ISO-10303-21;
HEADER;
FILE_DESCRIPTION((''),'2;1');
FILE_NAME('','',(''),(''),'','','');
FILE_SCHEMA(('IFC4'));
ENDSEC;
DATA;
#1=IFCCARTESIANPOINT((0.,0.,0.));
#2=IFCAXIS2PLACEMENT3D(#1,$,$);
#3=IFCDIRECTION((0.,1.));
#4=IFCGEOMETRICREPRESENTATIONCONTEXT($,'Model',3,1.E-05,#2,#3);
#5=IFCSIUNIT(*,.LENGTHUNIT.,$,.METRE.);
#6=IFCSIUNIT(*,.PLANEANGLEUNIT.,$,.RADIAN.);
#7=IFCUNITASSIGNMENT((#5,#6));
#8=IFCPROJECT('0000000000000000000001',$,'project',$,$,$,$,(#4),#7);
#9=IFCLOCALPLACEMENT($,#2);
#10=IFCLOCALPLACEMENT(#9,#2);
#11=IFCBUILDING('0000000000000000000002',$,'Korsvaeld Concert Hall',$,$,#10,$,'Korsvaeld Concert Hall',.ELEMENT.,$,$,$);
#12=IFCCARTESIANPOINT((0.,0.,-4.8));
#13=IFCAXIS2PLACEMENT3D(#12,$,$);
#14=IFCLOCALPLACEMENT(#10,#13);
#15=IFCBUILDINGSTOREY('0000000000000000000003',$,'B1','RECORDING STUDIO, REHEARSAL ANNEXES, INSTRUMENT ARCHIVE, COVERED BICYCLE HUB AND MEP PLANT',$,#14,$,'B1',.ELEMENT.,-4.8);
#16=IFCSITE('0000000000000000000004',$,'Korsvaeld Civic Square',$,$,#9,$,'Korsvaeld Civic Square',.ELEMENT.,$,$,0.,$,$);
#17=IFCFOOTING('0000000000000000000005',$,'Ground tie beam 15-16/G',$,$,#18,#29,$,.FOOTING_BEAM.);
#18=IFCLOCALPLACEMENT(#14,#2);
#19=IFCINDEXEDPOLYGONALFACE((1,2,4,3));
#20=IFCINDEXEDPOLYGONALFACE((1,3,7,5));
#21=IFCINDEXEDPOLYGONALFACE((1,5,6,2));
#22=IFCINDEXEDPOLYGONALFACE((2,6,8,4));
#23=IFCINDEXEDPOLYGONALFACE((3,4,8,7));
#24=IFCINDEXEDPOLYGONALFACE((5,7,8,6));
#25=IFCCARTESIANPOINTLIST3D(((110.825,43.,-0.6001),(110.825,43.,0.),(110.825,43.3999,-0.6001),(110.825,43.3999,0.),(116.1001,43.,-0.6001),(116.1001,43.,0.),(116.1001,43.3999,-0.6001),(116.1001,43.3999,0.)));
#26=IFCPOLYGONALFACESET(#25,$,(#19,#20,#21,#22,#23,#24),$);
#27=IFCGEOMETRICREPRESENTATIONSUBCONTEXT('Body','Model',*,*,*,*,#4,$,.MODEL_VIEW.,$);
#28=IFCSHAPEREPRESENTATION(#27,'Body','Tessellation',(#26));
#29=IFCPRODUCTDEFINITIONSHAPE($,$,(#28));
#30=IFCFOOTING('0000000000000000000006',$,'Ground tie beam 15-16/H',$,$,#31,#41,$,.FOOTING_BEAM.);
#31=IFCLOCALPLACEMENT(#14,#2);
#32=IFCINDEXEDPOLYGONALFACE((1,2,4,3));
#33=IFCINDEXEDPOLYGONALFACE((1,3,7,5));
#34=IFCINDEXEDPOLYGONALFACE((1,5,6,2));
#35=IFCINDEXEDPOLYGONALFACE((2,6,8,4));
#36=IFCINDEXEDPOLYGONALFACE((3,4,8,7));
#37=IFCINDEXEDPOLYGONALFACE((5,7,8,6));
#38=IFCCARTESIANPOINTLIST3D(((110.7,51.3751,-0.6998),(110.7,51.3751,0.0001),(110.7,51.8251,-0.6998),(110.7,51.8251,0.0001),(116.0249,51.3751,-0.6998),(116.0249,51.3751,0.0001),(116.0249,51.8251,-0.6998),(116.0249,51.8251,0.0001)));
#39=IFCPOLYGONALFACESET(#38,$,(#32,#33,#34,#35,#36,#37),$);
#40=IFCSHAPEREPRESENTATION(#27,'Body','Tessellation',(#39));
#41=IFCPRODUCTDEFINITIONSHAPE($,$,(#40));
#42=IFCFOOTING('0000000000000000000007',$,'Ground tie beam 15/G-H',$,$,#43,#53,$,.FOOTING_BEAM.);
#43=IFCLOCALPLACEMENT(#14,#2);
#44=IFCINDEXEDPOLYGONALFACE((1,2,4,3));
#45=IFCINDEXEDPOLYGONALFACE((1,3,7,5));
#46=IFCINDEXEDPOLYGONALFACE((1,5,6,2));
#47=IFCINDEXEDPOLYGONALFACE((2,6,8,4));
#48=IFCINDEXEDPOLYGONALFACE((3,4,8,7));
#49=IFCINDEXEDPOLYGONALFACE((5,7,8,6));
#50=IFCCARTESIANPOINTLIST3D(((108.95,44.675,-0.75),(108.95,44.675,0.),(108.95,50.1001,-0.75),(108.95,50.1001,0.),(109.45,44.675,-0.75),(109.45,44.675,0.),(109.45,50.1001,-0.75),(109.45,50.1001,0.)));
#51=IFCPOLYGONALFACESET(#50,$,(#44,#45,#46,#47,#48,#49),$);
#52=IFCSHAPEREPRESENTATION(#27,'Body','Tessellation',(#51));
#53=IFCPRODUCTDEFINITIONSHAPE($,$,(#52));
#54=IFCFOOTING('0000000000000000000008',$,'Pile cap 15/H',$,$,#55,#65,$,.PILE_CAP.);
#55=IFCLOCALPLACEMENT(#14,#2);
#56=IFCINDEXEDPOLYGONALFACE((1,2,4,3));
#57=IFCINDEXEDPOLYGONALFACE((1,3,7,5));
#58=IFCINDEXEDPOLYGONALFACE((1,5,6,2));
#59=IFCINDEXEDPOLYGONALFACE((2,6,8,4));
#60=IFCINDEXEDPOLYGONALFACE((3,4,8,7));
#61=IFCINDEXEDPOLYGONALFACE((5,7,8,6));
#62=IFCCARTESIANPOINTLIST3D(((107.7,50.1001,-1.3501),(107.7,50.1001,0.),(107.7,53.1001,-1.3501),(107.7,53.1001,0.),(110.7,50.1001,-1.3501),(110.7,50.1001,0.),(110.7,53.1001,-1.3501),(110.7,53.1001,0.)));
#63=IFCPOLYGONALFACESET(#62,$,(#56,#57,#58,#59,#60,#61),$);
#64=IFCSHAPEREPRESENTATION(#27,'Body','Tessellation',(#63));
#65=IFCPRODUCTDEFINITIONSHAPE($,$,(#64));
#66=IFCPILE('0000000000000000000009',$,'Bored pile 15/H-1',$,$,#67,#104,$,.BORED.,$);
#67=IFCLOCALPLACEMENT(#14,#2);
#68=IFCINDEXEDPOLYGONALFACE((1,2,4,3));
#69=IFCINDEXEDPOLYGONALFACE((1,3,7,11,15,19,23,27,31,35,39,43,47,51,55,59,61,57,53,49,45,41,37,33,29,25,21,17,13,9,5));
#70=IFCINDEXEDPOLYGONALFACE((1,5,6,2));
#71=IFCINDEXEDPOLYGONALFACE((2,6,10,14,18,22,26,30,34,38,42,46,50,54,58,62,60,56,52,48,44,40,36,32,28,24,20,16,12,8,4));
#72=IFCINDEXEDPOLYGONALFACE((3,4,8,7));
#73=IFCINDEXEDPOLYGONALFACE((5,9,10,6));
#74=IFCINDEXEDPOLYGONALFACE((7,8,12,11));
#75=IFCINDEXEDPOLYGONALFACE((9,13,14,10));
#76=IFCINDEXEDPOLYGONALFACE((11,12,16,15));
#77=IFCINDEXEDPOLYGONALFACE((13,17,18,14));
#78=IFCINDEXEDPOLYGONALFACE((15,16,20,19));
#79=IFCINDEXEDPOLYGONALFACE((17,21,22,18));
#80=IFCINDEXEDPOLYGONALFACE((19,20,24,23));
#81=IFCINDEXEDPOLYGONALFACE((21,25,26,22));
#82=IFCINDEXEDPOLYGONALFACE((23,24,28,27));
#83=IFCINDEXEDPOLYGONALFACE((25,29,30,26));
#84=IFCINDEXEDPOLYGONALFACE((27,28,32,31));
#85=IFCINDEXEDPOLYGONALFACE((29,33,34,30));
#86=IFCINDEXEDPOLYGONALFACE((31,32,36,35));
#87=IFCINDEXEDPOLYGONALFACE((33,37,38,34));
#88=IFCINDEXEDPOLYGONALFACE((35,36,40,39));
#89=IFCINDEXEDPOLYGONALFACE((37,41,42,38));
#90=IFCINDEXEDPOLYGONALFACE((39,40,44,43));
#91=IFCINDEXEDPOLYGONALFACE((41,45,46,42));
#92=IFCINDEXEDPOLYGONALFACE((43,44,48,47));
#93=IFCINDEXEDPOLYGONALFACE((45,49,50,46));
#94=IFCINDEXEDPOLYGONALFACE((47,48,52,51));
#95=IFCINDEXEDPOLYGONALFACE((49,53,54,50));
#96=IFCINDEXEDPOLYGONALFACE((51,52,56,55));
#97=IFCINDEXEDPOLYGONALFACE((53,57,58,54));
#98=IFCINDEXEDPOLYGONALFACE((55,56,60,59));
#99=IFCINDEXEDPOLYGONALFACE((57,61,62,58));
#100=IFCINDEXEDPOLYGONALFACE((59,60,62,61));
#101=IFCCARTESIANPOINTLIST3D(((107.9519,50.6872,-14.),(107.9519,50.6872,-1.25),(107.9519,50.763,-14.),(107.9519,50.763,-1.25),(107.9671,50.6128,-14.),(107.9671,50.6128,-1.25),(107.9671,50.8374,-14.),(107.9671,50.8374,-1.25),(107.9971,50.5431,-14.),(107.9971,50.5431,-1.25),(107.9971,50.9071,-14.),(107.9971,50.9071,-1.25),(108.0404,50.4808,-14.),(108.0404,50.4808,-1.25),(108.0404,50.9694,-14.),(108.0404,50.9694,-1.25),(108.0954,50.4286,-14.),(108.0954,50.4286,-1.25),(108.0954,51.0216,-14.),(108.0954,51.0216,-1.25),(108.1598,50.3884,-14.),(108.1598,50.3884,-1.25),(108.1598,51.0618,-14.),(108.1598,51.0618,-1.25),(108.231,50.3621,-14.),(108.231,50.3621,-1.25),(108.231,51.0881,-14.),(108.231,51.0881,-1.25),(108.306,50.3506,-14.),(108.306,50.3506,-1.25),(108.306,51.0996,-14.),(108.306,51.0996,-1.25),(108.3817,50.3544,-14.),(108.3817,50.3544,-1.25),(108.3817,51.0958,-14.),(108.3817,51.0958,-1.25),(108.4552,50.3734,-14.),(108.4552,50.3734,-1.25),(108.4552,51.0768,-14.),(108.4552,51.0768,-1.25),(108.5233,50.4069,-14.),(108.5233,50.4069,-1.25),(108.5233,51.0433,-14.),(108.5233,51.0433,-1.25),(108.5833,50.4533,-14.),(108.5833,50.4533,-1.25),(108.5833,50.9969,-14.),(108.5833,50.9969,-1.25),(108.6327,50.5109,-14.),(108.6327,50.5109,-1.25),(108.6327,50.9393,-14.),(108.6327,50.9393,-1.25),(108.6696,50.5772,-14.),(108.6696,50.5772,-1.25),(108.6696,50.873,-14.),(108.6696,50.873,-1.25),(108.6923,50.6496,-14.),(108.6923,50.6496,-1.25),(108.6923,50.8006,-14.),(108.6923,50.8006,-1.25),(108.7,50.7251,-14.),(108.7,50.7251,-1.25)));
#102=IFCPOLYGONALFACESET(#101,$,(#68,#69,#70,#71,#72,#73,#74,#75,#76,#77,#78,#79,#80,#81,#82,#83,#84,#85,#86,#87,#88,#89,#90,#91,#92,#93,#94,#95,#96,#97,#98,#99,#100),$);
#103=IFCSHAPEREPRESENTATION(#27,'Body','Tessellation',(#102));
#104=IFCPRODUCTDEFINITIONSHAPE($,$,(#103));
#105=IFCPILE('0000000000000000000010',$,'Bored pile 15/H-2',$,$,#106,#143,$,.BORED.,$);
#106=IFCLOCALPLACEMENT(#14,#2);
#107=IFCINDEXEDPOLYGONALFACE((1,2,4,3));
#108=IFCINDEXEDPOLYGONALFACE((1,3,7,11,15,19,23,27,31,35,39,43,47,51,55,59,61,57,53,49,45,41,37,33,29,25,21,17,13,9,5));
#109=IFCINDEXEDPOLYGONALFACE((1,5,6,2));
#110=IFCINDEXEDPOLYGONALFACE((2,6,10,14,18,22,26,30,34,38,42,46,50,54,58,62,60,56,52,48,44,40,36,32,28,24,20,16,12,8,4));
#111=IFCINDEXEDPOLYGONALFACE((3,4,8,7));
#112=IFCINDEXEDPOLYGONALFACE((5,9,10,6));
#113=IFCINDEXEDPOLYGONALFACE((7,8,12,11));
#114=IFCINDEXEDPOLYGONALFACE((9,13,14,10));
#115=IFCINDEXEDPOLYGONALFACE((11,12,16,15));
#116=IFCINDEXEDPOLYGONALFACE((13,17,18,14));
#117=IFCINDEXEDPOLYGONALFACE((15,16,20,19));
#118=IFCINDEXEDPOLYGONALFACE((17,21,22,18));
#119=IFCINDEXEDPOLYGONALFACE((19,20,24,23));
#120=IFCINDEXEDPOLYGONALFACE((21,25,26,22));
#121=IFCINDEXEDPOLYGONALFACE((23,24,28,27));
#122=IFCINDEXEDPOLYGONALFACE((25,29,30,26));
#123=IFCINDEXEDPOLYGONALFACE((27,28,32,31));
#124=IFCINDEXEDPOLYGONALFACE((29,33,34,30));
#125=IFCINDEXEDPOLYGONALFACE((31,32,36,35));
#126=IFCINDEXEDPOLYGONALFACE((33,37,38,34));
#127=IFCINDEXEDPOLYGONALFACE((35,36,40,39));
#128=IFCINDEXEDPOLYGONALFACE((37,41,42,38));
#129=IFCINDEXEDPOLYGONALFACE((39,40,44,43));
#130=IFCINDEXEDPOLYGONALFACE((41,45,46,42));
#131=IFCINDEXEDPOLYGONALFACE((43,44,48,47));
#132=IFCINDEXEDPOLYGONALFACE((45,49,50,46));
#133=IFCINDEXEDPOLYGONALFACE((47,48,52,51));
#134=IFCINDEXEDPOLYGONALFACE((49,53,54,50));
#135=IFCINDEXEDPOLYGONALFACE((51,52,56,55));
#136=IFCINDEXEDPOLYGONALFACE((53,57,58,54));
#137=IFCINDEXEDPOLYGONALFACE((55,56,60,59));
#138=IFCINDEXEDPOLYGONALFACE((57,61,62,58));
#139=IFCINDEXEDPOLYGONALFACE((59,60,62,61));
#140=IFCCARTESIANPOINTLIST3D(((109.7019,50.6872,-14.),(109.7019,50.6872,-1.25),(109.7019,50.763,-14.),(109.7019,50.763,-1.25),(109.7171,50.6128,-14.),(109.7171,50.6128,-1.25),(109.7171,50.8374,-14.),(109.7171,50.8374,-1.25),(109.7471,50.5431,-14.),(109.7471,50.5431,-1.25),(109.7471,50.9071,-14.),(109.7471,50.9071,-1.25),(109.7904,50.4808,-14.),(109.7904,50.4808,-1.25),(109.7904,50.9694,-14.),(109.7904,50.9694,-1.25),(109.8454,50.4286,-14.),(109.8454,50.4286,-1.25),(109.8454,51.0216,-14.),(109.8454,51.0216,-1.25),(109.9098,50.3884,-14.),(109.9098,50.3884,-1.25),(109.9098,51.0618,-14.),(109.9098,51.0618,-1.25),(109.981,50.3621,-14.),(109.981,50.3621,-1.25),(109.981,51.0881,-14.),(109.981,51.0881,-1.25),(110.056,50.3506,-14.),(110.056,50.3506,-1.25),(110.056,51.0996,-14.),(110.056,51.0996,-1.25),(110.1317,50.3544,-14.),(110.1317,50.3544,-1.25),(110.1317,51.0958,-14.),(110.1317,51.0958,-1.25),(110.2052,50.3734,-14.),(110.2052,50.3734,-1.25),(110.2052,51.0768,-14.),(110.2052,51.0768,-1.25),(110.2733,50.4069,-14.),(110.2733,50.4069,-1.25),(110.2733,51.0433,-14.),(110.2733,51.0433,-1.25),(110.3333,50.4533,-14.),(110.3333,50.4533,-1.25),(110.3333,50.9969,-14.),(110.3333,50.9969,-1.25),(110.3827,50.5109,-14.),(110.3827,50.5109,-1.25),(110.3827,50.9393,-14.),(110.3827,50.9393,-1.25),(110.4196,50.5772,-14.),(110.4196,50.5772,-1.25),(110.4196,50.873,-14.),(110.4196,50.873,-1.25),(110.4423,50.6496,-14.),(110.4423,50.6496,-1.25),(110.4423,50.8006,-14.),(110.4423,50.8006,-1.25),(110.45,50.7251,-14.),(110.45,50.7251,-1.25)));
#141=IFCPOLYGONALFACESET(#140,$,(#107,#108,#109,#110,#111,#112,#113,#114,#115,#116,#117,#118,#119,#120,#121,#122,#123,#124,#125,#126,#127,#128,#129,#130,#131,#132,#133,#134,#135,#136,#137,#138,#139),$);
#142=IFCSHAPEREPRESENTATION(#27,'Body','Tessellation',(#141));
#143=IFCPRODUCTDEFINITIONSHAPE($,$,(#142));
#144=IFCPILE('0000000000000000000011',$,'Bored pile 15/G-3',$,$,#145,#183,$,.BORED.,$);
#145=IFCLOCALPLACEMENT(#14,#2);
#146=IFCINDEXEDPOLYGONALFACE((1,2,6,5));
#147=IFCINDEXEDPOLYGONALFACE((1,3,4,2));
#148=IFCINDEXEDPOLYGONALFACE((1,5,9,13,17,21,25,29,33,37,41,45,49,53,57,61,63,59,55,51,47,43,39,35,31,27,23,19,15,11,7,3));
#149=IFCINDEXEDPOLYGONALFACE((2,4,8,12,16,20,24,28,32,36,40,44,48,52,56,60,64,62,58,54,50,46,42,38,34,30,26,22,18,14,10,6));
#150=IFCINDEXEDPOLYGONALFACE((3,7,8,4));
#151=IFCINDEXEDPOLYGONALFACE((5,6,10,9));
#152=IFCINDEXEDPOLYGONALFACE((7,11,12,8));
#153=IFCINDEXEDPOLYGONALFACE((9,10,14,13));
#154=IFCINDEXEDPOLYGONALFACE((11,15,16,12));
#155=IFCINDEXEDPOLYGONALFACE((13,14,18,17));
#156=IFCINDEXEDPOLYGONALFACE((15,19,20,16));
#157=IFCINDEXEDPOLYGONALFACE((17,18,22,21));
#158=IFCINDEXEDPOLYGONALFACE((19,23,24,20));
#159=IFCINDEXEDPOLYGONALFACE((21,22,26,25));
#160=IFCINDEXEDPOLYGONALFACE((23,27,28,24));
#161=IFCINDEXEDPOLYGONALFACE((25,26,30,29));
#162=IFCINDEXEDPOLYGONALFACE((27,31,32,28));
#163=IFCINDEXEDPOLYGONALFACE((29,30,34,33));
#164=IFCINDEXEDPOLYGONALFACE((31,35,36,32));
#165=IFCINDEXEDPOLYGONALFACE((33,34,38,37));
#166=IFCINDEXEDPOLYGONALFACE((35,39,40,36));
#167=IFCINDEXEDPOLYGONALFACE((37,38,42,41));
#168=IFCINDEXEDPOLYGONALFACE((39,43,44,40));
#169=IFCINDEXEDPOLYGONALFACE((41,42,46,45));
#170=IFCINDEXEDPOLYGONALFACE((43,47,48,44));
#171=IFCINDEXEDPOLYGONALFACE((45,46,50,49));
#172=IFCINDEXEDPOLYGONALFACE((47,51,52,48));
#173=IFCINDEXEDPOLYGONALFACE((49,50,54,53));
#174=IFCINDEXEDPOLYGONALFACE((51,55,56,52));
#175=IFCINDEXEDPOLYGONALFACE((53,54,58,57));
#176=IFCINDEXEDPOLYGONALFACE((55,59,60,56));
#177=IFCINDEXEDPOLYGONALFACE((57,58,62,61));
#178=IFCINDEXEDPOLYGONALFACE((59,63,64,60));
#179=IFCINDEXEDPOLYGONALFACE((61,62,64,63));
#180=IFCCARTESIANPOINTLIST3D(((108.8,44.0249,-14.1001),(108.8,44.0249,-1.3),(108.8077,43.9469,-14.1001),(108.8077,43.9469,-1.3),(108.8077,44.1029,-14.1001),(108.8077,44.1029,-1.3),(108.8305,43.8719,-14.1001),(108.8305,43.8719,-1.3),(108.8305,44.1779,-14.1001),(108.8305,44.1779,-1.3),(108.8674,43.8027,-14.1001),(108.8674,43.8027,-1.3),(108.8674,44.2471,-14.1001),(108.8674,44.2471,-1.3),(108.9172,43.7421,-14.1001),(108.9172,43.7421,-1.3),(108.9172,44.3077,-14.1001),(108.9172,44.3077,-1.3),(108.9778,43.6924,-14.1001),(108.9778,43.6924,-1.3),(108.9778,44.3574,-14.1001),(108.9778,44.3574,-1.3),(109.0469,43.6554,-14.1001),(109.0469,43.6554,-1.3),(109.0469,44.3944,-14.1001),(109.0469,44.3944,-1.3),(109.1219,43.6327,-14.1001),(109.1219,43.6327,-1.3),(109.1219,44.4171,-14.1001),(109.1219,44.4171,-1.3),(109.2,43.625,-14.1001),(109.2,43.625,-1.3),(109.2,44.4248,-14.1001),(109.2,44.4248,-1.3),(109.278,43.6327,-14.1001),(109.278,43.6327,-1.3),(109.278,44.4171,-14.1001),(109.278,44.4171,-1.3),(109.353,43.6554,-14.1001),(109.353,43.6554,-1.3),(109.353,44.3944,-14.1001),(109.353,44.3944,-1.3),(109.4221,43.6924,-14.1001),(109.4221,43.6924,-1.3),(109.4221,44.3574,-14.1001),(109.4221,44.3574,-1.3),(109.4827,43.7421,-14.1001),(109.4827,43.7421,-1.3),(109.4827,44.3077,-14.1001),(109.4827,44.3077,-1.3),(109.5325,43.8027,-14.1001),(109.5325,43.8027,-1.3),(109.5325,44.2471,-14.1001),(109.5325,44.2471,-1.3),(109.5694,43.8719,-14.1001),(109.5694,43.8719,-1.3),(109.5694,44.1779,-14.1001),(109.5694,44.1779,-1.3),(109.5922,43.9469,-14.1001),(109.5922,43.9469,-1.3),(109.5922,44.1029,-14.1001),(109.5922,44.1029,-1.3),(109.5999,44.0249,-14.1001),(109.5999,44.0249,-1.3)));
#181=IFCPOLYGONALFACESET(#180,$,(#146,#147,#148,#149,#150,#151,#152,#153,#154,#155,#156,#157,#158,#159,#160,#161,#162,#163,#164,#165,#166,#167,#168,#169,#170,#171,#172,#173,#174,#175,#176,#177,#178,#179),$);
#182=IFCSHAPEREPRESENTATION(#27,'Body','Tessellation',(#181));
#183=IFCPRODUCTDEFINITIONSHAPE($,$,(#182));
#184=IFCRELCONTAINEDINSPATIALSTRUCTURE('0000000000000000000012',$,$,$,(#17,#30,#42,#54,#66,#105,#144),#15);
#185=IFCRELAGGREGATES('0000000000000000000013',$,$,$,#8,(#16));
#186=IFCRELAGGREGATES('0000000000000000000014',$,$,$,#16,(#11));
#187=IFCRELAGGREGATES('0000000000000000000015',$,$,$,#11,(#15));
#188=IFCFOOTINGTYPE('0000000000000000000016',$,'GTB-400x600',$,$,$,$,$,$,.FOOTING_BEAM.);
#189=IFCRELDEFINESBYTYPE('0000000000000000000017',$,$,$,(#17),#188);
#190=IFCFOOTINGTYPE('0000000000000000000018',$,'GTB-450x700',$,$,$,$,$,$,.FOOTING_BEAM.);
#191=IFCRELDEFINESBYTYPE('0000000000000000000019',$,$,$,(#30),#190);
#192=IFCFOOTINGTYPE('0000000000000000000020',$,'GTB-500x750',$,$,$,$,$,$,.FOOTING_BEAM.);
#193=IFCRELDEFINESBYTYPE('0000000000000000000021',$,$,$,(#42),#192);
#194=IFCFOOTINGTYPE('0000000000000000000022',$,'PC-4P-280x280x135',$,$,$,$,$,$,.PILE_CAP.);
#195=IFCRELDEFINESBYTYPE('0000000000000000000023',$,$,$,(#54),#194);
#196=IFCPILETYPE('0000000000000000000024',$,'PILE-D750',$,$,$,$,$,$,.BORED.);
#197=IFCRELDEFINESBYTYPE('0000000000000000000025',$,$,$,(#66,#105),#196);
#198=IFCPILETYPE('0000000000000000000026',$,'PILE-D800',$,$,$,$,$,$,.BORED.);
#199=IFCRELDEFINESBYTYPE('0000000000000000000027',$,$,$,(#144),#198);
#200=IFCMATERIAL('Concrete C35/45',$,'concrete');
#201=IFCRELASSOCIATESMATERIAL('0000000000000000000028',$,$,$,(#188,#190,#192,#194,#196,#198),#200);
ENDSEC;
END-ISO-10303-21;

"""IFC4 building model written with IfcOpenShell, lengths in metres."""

from ifc_helpers import new_model, si_unit, direction, frame, origin, origin_2d, place, context, subcontext, project, spatial, rectangle, circle, extrude, material, material_profile, profile_set, type_object, element, save


model = new_model("IFC4")

# Units and contexts
model_context = context("Model", 3, precision=1e-05, world=origin(), true_north=direction((0.0, 1.0)))
body_context = subcontext(model_context, "Body", "Model", "MODEL_VIEW")
ifc_project = project(units=[si_unit("LENGTHUNIT", "METRE"), si_unit("PLANEANGLEUNIT", "RADIAN")], contexts=[model_context])

# Site, building, storey
site_placement = place(None, origin())
site = spatial("IfcSite", under=ifc_project, at=site_placement, Name="Korsvaeld Civic Square", LongName="Korsvaeld Civic Square", CompositionType="ELEMENT", RefElevation=0.0)
building_placement = place(site_placement, origin())
building = spatial("IfcBuilding", under=site, at=building_placement, Name="Korsvaeld Concert Hall", LongName="Korsvaeld Concert Hall", CompositionType="ELEMENT")
storey_placement = place(building_placement, frame((0.0, 0.0, -4.8)))
storey = spatial("IfcBuildingStorey", under=building, at=storey_placement, Name="B1", Description="RECORDING STUDIO, REHEARSAL ANNEXES, INSTRUMENT ARCHIVE, COVERED BICYCLE HUB AND MEP PLANT", LongName="B1", CompositionType="ELEMENT", Elevation=-4.8)

# Footings
ifc_material_1 = material(Name="Concrete C35/45", Category="concrete")
ifc_material_profile_1 = material_profile(ifc_material_1, rectangle(XDim=0.3999, YDim=0.6001, at=origin_2d()), Name="GTB 400x600")
ifc_profile_set_1 = profile_set([ifc_material_profile_1], Name="Concrete C35/45")
footing_type_1 = type_object("IfcFootingType", Name="GTB-400x600", PredefinedType="FOOTING_BEAM", material=ifc_profile_set_1)
footing_1_placement = place(storey_placement, frame((110.825, 43.2, -0.3), z_axis=(1.0, 0.0, 0.0), x_axis=(0.0, 1.0, 0.0)))
element("IfcFooting", 1, at=footing_1_placement, inside=storey, type_object=footing_type_1, Name="Ground tie beam 15-16/G", PredefinedType="FOOTING_BEAM", context=body_context, shape_type="SweptSolid", body=[
    extrude(rectangle(XDim=0.3999, YDim=0.6001, at=origin_2d()), origin(), (0.0, 0.0, 1.0), 5.2751),
])
ifc_material_profile_2 = material_profile(ifc_material_1, rectangle(XDim=0.45, YDim=0.7, at=origin_2d()), Name="GTB 450x700")
ifc_profile_set_2 = profile_set([ifc_material_profile_2], Name="Concrete C35/45")
footing_type_2 = type_object("IfcFootingType", Name="GTB-450x700", PredefinedType="FOOTING_BEAM", material=ifc_profile_set_2)
footing_2_placement = place(storey_placement, frame((110.7, 51.6001, -0.3499), z_axis=(1.0, 0.0, 0.0), x_axis=(0.0, 1.0, 0.0)))
element("IfcFooting", 2, at=footing_2_placement, inside=storey, type_object=footing_type_2, Name="Ground tie beam 15-16/H", PredefinedType="FOOTING_BEAM", context=body_context, shape_type="SweptSolid", body=[
    extrude(rectangle(XDim=0.45, YDim=0.7, at=origin_2d()), origin(), (0.0, 0.0, 1.0), 5.325),
])
ifc_material_profile_3 = material_profile(ifc_material_1, rectangle(XDim=0.5, YDim=0.75, at=origin_2d()), Name="GTB 500x750")
ifc_profile_set_3 = profile_set([ifc_material_profile_3], Name="Concrete C35/45")
footing_type_3 = type_object("IfcFootingType", Name="GTB-500x750", PredefinedType="FOOTING_BEAM", material=ifc_profile_set_3)
footing_3_placement = place(storey_placement, frame((109.2, 44.675, -0.375), z_axis=(0.0, 1.0, 0.0), x_axis=(-1.0, 0.0, 0.0)))
element("IfcFooting", 3, at=footing_3_placement, inside=storey, type_object=footing_type_3, Name="Ground tie beam 15/G-H", PredefinedType="FOOTING_BEAM", context=body_context, shape_type="SweptSolid", body=[
    extrude(rectangle(XDim=0.5, YDim=0.75, at=origin_2d()), origin(), (0.0, 0.0, 1.0), 5.425),
])
footing_type_4 = type_object("IfcFootingType", Name="PC-4P-280x280x135", PredefinedType="PILE_CAP", material=ifc_material_1)
footing_4_placement = place(storey_placement, frame((109.2, 51.6001, -1.3501), z_axis=(0.0, 0.0, 1.0), x_axis=(1.0, 0.0, 0.0)))
element("IfcFooting", 4, at=footing_4_placement, inside=storey, type_object=footing_type_4, Name="Pile cap 15/H", PredefinedType="PILE_CAP", context=body_context, shape_type="SweptSolid", body=[
    extrude(rectangle(XDim=3.0, YDim=3.0, at=origin_2d()), origin(), (0.0, 0.0, 1.0), 1.3501),
])

# Piles
ifc_material_profile_4 = material_profile(ifc_material_1, circle(Radius=0.375, at=origin_2d()), Name="BORED PILE D750")
ifc_profile_set_4 = profile_set([ifc_material_profile_4], Name="Concrete C35/45")
pile_type_1 = type_object("IfcPileType", Name="PILE-D750", PredefinedType="BORED", material=ifc_profile_set_4)
for number, where, z_axis, x_axis, name in (
    (5, (108.325, 50.7251, -1.25), (0.0, 0.0, -1.0), (1.0, 0.0, 0.0), "Bored pile 15/H-1"),
    (6, (110.075, 50.7251, -1.25), (0.0, 0.0, -1.0), (1.0, 0.0, 0.0), "Bored pile 15/H-2"),
):
    element("IfcPile", number, at=place(storey_placement, frame(where, z_axis=z_axis, x_axis=x_axis)), inside=storey, type_object=pile_type_1, Name=name, PredefinedType="BORED", context=body_context, shape_type="SweptSolid", body=[
        extrude(circle(Radius=0.375, at=origin_2d()), origin(), (0.0, 0.0, 1.0), 12.75),
    ])
ifc_material_profile_5 = material_profile(ifc_material_1, circle(Radius=0.3999, at=origin_2d()), Name="BORED PILE D800")
ifc_profile_set_5 = profile_set([ifc_material_profile_5], Name="Concrete C35/45")
pile_type_2 = type_object("IfcPileType", Name="PILE-D800", PredefinedType="BORED", material=ifc_profile_set_5)
pile_placement = place(storey_placement, frame((109.2, 44.0249, -1.3), z_axis=(0.0, 0.0, -1.0), x_axis=(1.0, 0.0, 0.0)))
element("IfcPile", 7, at=pile_placement, inside=storey, type_object=pile_type_2, Name="Bored pile 15/G-3", PredefinedType="BORED", context=body_context, shape_type="SweptSolid", body=[
    extrude(circle(Radius=0.3999, at=origin_2d()), origin(), (0.0, 0.0, 1.0), 12.8),
])

save(model, "model.ifc")
